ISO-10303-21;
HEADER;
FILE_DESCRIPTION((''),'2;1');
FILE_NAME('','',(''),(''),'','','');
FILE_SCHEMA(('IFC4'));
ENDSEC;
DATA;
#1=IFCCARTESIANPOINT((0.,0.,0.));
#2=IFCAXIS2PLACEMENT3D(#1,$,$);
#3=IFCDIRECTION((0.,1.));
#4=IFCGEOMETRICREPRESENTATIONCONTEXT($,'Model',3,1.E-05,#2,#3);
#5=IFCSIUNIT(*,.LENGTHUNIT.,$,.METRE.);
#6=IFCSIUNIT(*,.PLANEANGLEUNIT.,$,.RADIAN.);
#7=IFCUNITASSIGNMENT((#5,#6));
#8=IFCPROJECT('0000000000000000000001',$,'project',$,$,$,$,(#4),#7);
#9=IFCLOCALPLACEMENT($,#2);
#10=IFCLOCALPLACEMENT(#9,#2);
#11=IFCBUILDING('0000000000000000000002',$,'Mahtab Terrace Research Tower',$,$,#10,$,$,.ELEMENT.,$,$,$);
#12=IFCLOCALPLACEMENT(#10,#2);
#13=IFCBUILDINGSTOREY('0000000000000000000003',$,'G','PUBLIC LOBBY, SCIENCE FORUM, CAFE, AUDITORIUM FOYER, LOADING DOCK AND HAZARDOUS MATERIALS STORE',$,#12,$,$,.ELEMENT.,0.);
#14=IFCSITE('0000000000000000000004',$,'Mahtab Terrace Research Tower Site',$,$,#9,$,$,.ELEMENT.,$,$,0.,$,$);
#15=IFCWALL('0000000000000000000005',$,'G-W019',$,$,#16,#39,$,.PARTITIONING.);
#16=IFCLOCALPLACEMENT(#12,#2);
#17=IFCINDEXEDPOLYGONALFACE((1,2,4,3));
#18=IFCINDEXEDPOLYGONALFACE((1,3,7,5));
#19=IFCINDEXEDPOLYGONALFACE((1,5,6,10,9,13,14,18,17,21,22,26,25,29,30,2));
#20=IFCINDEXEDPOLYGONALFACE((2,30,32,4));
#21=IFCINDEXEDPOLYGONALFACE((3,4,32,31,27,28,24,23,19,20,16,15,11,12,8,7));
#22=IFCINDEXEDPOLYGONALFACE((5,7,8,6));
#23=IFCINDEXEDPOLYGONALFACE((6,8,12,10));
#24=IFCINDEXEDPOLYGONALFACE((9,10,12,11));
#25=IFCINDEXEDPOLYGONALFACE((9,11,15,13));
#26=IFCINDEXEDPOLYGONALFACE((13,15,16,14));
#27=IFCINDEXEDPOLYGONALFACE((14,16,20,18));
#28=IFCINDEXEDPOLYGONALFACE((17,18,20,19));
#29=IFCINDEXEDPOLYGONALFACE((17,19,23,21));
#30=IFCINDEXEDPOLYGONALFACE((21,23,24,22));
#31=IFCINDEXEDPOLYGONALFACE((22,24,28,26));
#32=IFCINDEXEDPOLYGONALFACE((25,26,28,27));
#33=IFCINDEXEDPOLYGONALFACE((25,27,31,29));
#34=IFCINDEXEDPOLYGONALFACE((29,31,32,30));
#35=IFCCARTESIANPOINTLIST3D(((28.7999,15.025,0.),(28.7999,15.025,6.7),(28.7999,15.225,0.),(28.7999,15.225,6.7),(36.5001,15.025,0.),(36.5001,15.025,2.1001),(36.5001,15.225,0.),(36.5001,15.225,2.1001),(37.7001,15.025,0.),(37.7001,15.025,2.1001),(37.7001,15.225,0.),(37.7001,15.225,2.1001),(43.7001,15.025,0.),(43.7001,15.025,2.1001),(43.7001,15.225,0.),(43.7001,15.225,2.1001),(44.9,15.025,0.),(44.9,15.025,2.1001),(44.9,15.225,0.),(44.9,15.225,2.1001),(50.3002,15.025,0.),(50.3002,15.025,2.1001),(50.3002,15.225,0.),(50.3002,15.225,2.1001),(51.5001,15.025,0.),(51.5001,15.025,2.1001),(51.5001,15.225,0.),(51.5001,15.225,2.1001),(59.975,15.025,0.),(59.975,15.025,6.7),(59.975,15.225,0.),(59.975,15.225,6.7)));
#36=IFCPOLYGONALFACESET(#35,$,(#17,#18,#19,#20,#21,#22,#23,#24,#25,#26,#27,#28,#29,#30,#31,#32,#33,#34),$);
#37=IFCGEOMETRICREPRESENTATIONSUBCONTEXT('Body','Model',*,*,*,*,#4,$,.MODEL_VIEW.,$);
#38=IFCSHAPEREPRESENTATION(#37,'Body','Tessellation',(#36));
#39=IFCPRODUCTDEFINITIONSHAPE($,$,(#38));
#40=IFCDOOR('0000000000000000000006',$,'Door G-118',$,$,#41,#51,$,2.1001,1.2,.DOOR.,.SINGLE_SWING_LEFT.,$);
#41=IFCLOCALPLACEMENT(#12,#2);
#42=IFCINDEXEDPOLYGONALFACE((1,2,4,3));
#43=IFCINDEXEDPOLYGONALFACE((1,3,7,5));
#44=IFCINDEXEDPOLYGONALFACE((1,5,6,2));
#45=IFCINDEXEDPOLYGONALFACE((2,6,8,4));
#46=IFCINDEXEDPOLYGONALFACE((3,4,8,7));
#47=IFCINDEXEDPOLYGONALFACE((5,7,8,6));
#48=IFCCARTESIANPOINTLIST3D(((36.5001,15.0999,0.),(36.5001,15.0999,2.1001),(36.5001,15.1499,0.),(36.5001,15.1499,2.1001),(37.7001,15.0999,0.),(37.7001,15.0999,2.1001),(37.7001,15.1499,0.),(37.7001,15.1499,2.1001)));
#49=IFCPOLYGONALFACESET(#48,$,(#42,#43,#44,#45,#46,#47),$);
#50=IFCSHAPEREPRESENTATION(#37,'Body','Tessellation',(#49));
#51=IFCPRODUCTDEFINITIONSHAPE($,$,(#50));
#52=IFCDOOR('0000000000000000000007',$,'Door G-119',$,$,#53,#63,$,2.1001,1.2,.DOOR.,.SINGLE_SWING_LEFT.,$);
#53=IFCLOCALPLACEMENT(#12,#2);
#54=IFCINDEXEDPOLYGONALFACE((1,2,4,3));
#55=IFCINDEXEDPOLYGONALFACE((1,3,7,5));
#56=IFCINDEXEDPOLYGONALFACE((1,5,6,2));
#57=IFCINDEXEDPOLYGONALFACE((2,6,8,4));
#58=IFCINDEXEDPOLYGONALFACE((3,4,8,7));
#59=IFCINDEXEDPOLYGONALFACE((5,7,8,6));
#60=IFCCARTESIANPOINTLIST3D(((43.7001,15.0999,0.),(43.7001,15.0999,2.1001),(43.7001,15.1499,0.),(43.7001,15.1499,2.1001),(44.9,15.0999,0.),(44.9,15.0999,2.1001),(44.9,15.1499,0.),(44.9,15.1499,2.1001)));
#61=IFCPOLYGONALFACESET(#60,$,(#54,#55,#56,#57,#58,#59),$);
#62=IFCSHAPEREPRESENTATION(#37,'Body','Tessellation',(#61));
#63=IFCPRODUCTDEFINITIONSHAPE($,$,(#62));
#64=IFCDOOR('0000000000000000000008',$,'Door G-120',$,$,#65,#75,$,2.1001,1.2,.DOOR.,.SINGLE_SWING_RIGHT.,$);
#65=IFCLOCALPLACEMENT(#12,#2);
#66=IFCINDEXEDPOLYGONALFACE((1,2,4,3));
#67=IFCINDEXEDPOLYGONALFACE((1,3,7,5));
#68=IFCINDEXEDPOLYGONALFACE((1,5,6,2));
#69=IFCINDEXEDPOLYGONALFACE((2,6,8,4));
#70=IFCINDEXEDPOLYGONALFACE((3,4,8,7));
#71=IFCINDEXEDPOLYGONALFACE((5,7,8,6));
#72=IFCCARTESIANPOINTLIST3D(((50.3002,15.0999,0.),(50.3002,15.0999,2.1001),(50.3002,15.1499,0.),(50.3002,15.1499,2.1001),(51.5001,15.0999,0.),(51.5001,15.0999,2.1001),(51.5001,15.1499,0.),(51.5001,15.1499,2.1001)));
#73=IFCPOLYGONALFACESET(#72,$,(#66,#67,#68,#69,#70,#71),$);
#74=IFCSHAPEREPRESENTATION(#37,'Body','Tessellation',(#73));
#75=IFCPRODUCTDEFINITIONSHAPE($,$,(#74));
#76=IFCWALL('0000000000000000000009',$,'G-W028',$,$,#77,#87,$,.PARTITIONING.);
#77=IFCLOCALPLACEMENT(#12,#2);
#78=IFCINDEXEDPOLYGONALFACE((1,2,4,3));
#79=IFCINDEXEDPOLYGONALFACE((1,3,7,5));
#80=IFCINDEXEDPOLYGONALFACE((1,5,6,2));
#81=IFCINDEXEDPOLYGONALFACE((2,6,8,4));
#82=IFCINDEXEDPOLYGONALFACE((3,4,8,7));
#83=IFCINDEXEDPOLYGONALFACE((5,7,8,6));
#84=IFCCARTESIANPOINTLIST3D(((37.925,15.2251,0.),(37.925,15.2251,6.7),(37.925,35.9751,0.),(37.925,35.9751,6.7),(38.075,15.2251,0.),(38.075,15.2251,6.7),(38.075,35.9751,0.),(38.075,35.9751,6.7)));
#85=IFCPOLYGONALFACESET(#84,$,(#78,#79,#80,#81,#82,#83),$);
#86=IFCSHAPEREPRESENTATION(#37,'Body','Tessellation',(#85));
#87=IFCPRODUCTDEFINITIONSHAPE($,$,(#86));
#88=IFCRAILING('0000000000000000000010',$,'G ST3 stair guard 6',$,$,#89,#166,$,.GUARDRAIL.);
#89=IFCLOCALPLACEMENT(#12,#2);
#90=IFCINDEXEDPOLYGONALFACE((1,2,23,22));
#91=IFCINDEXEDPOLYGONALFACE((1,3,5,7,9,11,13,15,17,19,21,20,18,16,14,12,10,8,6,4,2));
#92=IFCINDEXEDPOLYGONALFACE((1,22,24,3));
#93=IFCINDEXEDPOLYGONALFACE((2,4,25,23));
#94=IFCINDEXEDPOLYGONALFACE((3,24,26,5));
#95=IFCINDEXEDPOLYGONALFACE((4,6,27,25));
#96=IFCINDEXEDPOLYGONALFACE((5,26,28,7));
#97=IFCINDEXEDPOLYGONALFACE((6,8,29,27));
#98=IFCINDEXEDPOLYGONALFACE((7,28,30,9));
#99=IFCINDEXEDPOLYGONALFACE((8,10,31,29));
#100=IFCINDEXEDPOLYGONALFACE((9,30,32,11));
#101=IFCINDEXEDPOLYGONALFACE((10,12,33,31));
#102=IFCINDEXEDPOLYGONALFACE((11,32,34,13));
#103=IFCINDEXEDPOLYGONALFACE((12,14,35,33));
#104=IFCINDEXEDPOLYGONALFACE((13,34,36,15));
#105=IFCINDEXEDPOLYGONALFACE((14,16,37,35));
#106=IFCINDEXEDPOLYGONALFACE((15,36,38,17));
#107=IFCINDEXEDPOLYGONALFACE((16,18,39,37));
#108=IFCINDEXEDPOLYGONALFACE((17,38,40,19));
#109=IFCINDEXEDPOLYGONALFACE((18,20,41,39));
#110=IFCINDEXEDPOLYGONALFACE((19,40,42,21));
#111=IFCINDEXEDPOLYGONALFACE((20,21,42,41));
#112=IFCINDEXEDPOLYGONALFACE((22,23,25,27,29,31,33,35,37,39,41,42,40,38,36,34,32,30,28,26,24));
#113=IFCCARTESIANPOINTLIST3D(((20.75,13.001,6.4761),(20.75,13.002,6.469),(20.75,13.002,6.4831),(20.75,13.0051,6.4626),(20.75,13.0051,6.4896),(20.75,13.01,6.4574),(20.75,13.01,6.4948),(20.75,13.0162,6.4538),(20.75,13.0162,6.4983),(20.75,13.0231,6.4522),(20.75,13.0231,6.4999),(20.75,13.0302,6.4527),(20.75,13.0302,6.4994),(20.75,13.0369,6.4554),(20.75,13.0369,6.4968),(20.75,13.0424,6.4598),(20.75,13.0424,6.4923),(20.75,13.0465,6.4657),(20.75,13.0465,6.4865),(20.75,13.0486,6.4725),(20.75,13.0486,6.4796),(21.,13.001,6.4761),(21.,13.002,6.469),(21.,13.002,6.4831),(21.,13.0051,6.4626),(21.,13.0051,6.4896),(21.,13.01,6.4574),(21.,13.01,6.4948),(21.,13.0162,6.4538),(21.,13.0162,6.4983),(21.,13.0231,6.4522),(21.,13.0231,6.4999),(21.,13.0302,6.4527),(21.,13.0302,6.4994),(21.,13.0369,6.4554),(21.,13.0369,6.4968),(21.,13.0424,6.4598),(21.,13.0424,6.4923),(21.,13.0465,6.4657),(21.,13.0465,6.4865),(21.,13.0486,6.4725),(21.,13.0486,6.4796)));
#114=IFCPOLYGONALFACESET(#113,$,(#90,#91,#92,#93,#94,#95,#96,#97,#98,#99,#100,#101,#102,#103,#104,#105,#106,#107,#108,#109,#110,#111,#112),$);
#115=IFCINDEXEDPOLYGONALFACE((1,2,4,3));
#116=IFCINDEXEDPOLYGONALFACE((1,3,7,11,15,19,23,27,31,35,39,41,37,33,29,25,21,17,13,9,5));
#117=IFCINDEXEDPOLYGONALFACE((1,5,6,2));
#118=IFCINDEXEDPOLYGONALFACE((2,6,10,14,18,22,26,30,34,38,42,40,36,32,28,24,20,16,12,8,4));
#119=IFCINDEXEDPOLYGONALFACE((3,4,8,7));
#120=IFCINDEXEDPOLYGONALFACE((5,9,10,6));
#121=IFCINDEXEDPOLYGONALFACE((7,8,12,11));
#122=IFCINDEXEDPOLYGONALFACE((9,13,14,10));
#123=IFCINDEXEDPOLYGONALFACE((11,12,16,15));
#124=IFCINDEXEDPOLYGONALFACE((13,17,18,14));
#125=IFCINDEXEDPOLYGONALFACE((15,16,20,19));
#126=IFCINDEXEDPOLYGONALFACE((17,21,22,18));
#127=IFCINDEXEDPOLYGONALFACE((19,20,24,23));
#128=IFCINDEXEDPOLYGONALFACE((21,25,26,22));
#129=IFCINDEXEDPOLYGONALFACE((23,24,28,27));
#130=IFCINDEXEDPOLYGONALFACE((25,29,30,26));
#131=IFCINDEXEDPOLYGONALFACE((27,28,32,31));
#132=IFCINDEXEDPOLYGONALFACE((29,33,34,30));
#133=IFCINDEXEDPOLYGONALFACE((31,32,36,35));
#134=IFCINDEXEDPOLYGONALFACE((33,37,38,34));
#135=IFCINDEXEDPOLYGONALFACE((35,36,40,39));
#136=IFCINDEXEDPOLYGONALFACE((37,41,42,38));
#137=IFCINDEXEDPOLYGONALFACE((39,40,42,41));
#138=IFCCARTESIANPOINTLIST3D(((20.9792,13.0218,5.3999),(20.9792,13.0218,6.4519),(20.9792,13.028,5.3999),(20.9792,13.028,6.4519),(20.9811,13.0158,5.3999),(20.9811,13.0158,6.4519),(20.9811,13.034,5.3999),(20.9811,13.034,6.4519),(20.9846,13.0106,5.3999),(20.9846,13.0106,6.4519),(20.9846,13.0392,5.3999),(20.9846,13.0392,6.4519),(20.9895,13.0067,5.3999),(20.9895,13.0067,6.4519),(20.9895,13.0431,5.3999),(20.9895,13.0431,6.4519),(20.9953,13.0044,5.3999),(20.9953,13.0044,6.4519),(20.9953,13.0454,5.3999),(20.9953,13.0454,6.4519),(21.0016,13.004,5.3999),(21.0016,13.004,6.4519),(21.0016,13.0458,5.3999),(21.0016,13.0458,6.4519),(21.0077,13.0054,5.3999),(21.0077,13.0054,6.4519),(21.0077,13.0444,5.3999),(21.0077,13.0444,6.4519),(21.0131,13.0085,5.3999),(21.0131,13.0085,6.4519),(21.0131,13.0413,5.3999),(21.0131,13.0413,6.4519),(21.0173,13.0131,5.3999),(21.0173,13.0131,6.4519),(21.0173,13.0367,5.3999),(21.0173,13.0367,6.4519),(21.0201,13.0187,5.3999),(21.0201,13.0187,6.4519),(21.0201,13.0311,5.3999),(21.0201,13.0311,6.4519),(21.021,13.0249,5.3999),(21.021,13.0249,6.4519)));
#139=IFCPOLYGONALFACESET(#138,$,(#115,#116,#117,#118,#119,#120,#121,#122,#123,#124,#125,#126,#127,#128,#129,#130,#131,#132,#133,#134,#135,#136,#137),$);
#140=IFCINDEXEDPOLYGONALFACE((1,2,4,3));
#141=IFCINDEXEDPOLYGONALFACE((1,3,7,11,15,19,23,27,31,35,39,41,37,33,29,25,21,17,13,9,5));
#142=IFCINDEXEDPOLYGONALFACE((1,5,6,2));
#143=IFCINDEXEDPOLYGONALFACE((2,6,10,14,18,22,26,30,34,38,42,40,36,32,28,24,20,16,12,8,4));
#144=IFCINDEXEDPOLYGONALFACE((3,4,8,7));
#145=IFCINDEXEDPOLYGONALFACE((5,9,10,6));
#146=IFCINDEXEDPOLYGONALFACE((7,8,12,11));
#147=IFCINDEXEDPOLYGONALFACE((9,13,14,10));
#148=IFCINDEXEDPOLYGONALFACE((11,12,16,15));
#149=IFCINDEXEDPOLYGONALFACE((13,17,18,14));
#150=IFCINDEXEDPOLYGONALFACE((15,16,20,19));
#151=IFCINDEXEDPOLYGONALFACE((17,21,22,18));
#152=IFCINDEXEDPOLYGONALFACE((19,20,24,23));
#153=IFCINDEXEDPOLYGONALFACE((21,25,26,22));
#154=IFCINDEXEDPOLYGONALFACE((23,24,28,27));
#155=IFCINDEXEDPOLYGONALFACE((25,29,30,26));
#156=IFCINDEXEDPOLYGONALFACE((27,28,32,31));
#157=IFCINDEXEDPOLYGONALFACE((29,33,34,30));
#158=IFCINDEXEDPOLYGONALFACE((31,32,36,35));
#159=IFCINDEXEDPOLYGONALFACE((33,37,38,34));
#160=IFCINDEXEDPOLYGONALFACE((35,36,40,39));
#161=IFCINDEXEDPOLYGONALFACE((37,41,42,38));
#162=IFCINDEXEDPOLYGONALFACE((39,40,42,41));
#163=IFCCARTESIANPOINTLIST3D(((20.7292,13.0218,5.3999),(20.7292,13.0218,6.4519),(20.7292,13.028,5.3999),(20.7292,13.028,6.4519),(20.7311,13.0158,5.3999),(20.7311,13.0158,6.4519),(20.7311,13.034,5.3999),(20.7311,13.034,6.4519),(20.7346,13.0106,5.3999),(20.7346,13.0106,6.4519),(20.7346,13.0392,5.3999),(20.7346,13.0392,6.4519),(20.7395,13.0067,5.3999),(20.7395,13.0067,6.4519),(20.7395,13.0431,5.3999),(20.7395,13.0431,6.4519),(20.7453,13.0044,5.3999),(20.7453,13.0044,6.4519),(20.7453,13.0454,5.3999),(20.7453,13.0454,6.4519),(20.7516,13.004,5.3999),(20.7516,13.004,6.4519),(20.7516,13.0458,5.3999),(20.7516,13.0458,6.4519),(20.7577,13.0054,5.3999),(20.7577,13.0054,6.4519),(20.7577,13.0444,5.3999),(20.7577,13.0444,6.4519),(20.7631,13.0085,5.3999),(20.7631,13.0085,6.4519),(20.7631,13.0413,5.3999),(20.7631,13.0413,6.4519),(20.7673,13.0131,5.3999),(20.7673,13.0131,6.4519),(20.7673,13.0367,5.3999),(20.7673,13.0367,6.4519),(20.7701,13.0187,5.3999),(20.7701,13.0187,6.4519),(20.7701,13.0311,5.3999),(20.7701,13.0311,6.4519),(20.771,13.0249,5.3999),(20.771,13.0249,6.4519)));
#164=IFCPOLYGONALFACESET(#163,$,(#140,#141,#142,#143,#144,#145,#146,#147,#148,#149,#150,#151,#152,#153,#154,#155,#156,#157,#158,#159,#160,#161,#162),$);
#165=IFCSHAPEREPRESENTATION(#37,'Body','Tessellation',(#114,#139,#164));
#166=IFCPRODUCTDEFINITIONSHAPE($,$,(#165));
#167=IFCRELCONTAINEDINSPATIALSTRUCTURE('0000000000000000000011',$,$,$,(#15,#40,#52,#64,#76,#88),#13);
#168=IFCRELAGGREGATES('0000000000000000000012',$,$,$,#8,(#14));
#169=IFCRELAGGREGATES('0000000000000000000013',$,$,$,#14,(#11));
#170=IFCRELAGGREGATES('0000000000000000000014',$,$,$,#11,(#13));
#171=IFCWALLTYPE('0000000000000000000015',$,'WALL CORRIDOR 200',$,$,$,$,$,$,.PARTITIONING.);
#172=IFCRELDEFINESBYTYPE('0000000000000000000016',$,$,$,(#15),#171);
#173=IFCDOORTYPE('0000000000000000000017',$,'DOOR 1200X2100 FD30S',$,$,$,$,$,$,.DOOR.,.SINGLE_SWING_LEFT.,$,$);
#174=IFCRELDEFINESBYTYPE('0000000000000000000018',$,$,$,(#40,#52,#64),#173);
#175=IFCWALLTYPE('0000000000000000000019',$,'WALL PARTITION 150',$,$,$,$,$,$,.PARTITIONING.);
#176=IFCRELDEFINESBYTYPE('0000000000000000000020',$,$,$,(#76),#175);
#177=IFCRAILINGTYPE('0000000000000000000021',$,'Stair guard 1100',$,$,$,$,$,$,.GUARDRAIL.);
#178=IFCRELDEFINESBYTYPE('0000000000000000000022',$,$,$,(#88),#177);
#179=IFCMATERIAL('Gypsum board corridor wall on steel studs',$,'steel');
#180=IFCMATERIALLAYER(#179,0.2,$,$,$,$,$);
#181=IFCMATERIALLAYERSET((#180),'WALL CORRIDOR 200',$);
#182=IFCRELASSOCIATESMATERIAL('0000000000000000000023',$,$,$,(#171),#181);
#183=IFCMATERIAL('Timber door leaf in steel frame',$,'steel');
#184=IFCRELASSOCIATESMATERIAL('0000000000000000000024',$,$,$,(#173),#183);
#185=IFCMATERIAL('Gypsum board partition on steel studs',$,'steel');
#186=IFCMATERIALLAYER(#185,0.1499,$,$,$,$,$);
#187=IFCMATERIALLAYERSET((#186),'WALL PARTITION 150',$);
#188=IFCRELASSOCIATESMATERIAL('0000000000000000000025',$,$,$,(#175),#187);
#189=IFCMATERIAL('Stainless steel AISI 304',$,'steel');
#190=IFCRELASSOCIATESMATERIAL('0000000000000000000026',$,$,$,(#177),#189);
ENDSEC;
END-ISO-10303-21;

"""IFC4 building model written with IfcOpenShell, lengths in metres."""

from ifc_helpers import new_model, si_unit, direction, frame, frame_2d, origin, origin_2d, place, context, subcontext, project, spatial, rectangle, circle, extrude, material, layer, layer_set, type_object, element, fill, save


model = new_model("IFC4")

# Units and contexts
model_context = context("Model", 3, precision=1e-05, world=origin(), true_north=direction((0.0, 1.0)))
body_context = subcontext(model_context, "Body", "Model", "MODEL_VIEW")
ifc_project = project(units=[si_unit("LENGTHUNIT", "METRE"), si_unit("PLANEANGLEUNIT", "RADIAN")], contexts=[model_context])

# Site, building, storey
site_placement = place(None, origin())
site = spatial("IfcSite", under=ifc_project, at=site_placement, Name="Mahtab Terrace Research Tower Site", CompositionType="ELEMENT", RefElevation=0.0)
building_placement = place(site_placement, origin())
building = spatial("IfcBuilding", under=site, at=building_placement, Name="Mahtab Terrace Research Tower", CompositionType="ELEMENT")
storey_placement = place(building_placement, origin())
storey = spatial("IfcBuildingStorey", under=building, at=storey_placement, Name="G", Description="PUBLIC LOBBY, SCIENCE FORUM, CAFE, AUDITORIUM FOYER, LOADING DOCK AND HAZARDOUS MATERIALS STORE", CompositionType="ELEMENT", Elevation=0.0)

# Shared definitions
ifc_material_1 = material(Name="Stainless steel AISI 304", Category="steel")

# Wall, openings, doors
ifc_material_2 = material(Name="Gypsum board corridor wall on steel studs", Category="steel")
ifc_layer_1 = layer(ifc_material_2, 0.2)
ifc_layer_set_1 = layer_set([ifc_layer_1], Name="WALL CORRIDOR 200")
wall_type_1 = type_object("IfcWallType", Name="WALL CORRIDOR 200", PredefinedType="PARTITIONING", material=ifc_layer_set_1)
wall_1_placement = place(storey_placement, frame((28.8, 15.125, 0.0), z_axis=(0.0, 0.0, 1.0), x_axis=(1.0, 0.0, 0.0)))
wall_1 = element("IfcWall", 1, at=wall_1_placement, inside=storey, type_object=wall_type_1, Name="G-W019", PredefinedType="PARTITIONING", context=body_context, shape_type="SweptSolid", body=[
    extrude(rectangle(XDim=31.175, YDim=0.2, at=frame_2d((15.5874, 0.0))), origin(), (0.0, 0.0, 1.0), 6.7),
])
opening_1_placement = place(wall_1_placement, frame((7.7, 0.0, 0.0)))
opening_1 = element("IfcOpeningElement", 2, at=opening_1_placement, cuts=wall_1, PredefinedType="OPENING", context=body_context, shape_type="SweptSolid", body=[
    extrude(rectangle(XDim=1.2, YDim=2.1001, at=frame_2d((0.6001, 1.05))), frame((0.0, 0.1099, 0.0), z_axis=(0.0, -1.0, 0.0), x_axis=(1.0, 0.0, 0.0)), (0.0, 0.0, 1.0), 0.22),
])
opening_2_placement = place(wall_1_placement, frame((14.8999, 0.0, 0.0)))
opening_2 = element("IfcOpeningElement", 3, at=opening_2_placement, cuts=wall_1, PredefinedType="OPENING", context=body_context, shape_type="SweptSolid", body=[
    extrude(rectangle(XDim=1.2, YDim=2.1001, at=frame_2d((0.6001, 1.05))), frame((0.0, 0.1099, 0.0), z_axis=(0.0, -1.0, 0.0), x_axis=(1.0, 0.0, 0.0)), (0.0, 0.0, 1.0), 0.22),
])
opening_3_placement = place(wall_1_placement, frame((21.5, 0.0, 0.0)))
opening_3 = element("IfcOpeningElement", 4, at=opening_3_placement, cuts=wall_1, PredefinedType="OPENING", context=body_context, shape_type="SweptSolid", body=[
    extrude(rectangle(XDim=1.2, YDim=2.1001, at=frame_2d((0.6001, 1.05))), frame((0.0, 0.1099, 0.0), z_axis=(0.0, -1.0, 0.0), x_axis=(1.0, 0.0, 0.0)), (0.0, 0.0, 1.0), 0.22),
])
ifc_material_3 = material(Name="Timber door leaf in steel frame", Category="steel")
door_type_1 = type_object("IfcDoorType", Name="DOOR 1200X2100 FD30S", OperationType="SINGLE_SWING_LEFT", PredefinedType="DOOR", material=ifc_material_3)
door_1_placement = place(opening_1_placement, origin())
door_1 = element("IfcDoor", 5, at=door_1_placement, inside=storey, type_object=door_type_1, Name="Door G-118", OperationType="SINGLE_SWING_LEFT", OverallHeight=2.1001, OverallWidth=1.2, PredefinedType="DOOR", context=body_context, shape_type="SweptSolid", body=[
    extrude(rectangle(XDim=1.2, YDim=2.1001, at=frame_2d((0.6001, 1.05))), frame((0.0, 0.0249, 0.0), z_axis=(0.0, -1.0, 0.0), x_axis=(1.0, 0.0, 0.0)), (0.0, 0.0, 1.0), 0.05),
])
fill(opening_1, door_1)
door_2_placement = place(opening_2_placement, origin())
door_2 = element("IfcDoor", 6, at=door_2_placement, inside=storey, type_object=door_type_1, Name="Door G-119", OperationType="SINGLE_SWING_LEFT", OverallHeight=2.1001, OverallWidth=1.2, PredefinedType="DOOR", context=body_context, shape_type="SweptSolid", body=[
    extrude(rectangle(XDim=1.2, YDim=2.1001, at=frame_2d((0.6001, 1.05))), frame((0.0, 0.0249, 0.0), z_axis=(0.0, -1.0, 0.0), x_axis=(1.0, 0.0, 0.0)), (0.0, 0.0, 1.0), 0.05),
])
fill(opening_2, door_2)
door_3_placement = place(opening_3_placement, origin())
door_3 = element("IfcDoor", 7, at=door_3_placement, inside=storey, type_object=door_type_1, Name="Door G-120", OperationType="SINGLE_SWING_RIGHT", OverallHeight=2.1001, OverallWidth=1.2, PredefinedType="DOOR", context=body_context, shape_type="SweptSolid", body=[
    extrude(rectangle(XDim=1.2, YDim=2.1001, at=frame_2d((0.6001, 1.05))), frame((0.0, 0.0249, 0.0), z_axis=(0.0, -1.0, 0.0), x_axis=(1.0, 0.0, 0.0)), (0.0, 0.0, 1.0), 0.05),
])
fill(opening_3, door_3)

# Wall
ifc_material_4 = material(Name="Gypsum board partition on steel studs", Category="steel")
ifc_layer_2 = layer(ifc_material_4, 0.1499)
ifc_layer_set_2 = layer_set([ifc_layer_2], Name="WALL PARTITION 150")
wall_type_2 = type_object("IfcWallType", Name="WALL PARTITION 150", PredefinedType="PARTITIONING", material=ifc_layer_set_2)
wall_2_placement = place(storey_placement, frame((38.0, 15.2251, 0.0), z_axis=(0.0, 0.0, 1.0), x_axis=(0.0, 1.0, 0.0)))
element("IfcWall", 8, at=wall_2_placement, inside=storey, type_object=wall_type_2, Name="G-W028", PredefinedType="PARTITIONING", context=body_context, shape_type="SweptSolid", body=[
    extrude(rectangle(XDim=20.75, YDim=0.1499, at=frame_2d((10.375, 0.0))), origin(), (0.0, 0.0, 1.0), 6.7),
])

# Railing
railing_type = type_object("IfcRailingType", Name="Stair guard 1100", PredefinedType="GUARDRAIL", material=ifc_material_1)
railing_placement = place(storey_placement, frame((21.0, 13.0249, 5.3999)))
element("IfcRailing", 9, at=railing_placement, inside=storey, type_object=railing_type, Name="G ST3 stair guard 6", PredefinedType="GUARDRAIL", context=body_context, shape_type="SweptSolid", body=[
    extrude(circle(Radius=0.0239, at=origin_2d()), frame((0.0, 0.0, 1.0762), z_axis=(-1.0, 0.0, 0.0), x_axis=(0.0, -1.0, 0.0)), (0.0, 0.0, 1.0), 0.25),
    extrude(circle(Radius=0.021, at=origin_2d()), origin(), (0.0, 0.0, 1.0), 1.052),
    extrude(circle(Radius=0.021, at=origin_2d()), frame((-0.25, 0.0, 0.0)), (0.0, 0.0, 1.0), 1.052),
])

save(model, "model.ifc")
